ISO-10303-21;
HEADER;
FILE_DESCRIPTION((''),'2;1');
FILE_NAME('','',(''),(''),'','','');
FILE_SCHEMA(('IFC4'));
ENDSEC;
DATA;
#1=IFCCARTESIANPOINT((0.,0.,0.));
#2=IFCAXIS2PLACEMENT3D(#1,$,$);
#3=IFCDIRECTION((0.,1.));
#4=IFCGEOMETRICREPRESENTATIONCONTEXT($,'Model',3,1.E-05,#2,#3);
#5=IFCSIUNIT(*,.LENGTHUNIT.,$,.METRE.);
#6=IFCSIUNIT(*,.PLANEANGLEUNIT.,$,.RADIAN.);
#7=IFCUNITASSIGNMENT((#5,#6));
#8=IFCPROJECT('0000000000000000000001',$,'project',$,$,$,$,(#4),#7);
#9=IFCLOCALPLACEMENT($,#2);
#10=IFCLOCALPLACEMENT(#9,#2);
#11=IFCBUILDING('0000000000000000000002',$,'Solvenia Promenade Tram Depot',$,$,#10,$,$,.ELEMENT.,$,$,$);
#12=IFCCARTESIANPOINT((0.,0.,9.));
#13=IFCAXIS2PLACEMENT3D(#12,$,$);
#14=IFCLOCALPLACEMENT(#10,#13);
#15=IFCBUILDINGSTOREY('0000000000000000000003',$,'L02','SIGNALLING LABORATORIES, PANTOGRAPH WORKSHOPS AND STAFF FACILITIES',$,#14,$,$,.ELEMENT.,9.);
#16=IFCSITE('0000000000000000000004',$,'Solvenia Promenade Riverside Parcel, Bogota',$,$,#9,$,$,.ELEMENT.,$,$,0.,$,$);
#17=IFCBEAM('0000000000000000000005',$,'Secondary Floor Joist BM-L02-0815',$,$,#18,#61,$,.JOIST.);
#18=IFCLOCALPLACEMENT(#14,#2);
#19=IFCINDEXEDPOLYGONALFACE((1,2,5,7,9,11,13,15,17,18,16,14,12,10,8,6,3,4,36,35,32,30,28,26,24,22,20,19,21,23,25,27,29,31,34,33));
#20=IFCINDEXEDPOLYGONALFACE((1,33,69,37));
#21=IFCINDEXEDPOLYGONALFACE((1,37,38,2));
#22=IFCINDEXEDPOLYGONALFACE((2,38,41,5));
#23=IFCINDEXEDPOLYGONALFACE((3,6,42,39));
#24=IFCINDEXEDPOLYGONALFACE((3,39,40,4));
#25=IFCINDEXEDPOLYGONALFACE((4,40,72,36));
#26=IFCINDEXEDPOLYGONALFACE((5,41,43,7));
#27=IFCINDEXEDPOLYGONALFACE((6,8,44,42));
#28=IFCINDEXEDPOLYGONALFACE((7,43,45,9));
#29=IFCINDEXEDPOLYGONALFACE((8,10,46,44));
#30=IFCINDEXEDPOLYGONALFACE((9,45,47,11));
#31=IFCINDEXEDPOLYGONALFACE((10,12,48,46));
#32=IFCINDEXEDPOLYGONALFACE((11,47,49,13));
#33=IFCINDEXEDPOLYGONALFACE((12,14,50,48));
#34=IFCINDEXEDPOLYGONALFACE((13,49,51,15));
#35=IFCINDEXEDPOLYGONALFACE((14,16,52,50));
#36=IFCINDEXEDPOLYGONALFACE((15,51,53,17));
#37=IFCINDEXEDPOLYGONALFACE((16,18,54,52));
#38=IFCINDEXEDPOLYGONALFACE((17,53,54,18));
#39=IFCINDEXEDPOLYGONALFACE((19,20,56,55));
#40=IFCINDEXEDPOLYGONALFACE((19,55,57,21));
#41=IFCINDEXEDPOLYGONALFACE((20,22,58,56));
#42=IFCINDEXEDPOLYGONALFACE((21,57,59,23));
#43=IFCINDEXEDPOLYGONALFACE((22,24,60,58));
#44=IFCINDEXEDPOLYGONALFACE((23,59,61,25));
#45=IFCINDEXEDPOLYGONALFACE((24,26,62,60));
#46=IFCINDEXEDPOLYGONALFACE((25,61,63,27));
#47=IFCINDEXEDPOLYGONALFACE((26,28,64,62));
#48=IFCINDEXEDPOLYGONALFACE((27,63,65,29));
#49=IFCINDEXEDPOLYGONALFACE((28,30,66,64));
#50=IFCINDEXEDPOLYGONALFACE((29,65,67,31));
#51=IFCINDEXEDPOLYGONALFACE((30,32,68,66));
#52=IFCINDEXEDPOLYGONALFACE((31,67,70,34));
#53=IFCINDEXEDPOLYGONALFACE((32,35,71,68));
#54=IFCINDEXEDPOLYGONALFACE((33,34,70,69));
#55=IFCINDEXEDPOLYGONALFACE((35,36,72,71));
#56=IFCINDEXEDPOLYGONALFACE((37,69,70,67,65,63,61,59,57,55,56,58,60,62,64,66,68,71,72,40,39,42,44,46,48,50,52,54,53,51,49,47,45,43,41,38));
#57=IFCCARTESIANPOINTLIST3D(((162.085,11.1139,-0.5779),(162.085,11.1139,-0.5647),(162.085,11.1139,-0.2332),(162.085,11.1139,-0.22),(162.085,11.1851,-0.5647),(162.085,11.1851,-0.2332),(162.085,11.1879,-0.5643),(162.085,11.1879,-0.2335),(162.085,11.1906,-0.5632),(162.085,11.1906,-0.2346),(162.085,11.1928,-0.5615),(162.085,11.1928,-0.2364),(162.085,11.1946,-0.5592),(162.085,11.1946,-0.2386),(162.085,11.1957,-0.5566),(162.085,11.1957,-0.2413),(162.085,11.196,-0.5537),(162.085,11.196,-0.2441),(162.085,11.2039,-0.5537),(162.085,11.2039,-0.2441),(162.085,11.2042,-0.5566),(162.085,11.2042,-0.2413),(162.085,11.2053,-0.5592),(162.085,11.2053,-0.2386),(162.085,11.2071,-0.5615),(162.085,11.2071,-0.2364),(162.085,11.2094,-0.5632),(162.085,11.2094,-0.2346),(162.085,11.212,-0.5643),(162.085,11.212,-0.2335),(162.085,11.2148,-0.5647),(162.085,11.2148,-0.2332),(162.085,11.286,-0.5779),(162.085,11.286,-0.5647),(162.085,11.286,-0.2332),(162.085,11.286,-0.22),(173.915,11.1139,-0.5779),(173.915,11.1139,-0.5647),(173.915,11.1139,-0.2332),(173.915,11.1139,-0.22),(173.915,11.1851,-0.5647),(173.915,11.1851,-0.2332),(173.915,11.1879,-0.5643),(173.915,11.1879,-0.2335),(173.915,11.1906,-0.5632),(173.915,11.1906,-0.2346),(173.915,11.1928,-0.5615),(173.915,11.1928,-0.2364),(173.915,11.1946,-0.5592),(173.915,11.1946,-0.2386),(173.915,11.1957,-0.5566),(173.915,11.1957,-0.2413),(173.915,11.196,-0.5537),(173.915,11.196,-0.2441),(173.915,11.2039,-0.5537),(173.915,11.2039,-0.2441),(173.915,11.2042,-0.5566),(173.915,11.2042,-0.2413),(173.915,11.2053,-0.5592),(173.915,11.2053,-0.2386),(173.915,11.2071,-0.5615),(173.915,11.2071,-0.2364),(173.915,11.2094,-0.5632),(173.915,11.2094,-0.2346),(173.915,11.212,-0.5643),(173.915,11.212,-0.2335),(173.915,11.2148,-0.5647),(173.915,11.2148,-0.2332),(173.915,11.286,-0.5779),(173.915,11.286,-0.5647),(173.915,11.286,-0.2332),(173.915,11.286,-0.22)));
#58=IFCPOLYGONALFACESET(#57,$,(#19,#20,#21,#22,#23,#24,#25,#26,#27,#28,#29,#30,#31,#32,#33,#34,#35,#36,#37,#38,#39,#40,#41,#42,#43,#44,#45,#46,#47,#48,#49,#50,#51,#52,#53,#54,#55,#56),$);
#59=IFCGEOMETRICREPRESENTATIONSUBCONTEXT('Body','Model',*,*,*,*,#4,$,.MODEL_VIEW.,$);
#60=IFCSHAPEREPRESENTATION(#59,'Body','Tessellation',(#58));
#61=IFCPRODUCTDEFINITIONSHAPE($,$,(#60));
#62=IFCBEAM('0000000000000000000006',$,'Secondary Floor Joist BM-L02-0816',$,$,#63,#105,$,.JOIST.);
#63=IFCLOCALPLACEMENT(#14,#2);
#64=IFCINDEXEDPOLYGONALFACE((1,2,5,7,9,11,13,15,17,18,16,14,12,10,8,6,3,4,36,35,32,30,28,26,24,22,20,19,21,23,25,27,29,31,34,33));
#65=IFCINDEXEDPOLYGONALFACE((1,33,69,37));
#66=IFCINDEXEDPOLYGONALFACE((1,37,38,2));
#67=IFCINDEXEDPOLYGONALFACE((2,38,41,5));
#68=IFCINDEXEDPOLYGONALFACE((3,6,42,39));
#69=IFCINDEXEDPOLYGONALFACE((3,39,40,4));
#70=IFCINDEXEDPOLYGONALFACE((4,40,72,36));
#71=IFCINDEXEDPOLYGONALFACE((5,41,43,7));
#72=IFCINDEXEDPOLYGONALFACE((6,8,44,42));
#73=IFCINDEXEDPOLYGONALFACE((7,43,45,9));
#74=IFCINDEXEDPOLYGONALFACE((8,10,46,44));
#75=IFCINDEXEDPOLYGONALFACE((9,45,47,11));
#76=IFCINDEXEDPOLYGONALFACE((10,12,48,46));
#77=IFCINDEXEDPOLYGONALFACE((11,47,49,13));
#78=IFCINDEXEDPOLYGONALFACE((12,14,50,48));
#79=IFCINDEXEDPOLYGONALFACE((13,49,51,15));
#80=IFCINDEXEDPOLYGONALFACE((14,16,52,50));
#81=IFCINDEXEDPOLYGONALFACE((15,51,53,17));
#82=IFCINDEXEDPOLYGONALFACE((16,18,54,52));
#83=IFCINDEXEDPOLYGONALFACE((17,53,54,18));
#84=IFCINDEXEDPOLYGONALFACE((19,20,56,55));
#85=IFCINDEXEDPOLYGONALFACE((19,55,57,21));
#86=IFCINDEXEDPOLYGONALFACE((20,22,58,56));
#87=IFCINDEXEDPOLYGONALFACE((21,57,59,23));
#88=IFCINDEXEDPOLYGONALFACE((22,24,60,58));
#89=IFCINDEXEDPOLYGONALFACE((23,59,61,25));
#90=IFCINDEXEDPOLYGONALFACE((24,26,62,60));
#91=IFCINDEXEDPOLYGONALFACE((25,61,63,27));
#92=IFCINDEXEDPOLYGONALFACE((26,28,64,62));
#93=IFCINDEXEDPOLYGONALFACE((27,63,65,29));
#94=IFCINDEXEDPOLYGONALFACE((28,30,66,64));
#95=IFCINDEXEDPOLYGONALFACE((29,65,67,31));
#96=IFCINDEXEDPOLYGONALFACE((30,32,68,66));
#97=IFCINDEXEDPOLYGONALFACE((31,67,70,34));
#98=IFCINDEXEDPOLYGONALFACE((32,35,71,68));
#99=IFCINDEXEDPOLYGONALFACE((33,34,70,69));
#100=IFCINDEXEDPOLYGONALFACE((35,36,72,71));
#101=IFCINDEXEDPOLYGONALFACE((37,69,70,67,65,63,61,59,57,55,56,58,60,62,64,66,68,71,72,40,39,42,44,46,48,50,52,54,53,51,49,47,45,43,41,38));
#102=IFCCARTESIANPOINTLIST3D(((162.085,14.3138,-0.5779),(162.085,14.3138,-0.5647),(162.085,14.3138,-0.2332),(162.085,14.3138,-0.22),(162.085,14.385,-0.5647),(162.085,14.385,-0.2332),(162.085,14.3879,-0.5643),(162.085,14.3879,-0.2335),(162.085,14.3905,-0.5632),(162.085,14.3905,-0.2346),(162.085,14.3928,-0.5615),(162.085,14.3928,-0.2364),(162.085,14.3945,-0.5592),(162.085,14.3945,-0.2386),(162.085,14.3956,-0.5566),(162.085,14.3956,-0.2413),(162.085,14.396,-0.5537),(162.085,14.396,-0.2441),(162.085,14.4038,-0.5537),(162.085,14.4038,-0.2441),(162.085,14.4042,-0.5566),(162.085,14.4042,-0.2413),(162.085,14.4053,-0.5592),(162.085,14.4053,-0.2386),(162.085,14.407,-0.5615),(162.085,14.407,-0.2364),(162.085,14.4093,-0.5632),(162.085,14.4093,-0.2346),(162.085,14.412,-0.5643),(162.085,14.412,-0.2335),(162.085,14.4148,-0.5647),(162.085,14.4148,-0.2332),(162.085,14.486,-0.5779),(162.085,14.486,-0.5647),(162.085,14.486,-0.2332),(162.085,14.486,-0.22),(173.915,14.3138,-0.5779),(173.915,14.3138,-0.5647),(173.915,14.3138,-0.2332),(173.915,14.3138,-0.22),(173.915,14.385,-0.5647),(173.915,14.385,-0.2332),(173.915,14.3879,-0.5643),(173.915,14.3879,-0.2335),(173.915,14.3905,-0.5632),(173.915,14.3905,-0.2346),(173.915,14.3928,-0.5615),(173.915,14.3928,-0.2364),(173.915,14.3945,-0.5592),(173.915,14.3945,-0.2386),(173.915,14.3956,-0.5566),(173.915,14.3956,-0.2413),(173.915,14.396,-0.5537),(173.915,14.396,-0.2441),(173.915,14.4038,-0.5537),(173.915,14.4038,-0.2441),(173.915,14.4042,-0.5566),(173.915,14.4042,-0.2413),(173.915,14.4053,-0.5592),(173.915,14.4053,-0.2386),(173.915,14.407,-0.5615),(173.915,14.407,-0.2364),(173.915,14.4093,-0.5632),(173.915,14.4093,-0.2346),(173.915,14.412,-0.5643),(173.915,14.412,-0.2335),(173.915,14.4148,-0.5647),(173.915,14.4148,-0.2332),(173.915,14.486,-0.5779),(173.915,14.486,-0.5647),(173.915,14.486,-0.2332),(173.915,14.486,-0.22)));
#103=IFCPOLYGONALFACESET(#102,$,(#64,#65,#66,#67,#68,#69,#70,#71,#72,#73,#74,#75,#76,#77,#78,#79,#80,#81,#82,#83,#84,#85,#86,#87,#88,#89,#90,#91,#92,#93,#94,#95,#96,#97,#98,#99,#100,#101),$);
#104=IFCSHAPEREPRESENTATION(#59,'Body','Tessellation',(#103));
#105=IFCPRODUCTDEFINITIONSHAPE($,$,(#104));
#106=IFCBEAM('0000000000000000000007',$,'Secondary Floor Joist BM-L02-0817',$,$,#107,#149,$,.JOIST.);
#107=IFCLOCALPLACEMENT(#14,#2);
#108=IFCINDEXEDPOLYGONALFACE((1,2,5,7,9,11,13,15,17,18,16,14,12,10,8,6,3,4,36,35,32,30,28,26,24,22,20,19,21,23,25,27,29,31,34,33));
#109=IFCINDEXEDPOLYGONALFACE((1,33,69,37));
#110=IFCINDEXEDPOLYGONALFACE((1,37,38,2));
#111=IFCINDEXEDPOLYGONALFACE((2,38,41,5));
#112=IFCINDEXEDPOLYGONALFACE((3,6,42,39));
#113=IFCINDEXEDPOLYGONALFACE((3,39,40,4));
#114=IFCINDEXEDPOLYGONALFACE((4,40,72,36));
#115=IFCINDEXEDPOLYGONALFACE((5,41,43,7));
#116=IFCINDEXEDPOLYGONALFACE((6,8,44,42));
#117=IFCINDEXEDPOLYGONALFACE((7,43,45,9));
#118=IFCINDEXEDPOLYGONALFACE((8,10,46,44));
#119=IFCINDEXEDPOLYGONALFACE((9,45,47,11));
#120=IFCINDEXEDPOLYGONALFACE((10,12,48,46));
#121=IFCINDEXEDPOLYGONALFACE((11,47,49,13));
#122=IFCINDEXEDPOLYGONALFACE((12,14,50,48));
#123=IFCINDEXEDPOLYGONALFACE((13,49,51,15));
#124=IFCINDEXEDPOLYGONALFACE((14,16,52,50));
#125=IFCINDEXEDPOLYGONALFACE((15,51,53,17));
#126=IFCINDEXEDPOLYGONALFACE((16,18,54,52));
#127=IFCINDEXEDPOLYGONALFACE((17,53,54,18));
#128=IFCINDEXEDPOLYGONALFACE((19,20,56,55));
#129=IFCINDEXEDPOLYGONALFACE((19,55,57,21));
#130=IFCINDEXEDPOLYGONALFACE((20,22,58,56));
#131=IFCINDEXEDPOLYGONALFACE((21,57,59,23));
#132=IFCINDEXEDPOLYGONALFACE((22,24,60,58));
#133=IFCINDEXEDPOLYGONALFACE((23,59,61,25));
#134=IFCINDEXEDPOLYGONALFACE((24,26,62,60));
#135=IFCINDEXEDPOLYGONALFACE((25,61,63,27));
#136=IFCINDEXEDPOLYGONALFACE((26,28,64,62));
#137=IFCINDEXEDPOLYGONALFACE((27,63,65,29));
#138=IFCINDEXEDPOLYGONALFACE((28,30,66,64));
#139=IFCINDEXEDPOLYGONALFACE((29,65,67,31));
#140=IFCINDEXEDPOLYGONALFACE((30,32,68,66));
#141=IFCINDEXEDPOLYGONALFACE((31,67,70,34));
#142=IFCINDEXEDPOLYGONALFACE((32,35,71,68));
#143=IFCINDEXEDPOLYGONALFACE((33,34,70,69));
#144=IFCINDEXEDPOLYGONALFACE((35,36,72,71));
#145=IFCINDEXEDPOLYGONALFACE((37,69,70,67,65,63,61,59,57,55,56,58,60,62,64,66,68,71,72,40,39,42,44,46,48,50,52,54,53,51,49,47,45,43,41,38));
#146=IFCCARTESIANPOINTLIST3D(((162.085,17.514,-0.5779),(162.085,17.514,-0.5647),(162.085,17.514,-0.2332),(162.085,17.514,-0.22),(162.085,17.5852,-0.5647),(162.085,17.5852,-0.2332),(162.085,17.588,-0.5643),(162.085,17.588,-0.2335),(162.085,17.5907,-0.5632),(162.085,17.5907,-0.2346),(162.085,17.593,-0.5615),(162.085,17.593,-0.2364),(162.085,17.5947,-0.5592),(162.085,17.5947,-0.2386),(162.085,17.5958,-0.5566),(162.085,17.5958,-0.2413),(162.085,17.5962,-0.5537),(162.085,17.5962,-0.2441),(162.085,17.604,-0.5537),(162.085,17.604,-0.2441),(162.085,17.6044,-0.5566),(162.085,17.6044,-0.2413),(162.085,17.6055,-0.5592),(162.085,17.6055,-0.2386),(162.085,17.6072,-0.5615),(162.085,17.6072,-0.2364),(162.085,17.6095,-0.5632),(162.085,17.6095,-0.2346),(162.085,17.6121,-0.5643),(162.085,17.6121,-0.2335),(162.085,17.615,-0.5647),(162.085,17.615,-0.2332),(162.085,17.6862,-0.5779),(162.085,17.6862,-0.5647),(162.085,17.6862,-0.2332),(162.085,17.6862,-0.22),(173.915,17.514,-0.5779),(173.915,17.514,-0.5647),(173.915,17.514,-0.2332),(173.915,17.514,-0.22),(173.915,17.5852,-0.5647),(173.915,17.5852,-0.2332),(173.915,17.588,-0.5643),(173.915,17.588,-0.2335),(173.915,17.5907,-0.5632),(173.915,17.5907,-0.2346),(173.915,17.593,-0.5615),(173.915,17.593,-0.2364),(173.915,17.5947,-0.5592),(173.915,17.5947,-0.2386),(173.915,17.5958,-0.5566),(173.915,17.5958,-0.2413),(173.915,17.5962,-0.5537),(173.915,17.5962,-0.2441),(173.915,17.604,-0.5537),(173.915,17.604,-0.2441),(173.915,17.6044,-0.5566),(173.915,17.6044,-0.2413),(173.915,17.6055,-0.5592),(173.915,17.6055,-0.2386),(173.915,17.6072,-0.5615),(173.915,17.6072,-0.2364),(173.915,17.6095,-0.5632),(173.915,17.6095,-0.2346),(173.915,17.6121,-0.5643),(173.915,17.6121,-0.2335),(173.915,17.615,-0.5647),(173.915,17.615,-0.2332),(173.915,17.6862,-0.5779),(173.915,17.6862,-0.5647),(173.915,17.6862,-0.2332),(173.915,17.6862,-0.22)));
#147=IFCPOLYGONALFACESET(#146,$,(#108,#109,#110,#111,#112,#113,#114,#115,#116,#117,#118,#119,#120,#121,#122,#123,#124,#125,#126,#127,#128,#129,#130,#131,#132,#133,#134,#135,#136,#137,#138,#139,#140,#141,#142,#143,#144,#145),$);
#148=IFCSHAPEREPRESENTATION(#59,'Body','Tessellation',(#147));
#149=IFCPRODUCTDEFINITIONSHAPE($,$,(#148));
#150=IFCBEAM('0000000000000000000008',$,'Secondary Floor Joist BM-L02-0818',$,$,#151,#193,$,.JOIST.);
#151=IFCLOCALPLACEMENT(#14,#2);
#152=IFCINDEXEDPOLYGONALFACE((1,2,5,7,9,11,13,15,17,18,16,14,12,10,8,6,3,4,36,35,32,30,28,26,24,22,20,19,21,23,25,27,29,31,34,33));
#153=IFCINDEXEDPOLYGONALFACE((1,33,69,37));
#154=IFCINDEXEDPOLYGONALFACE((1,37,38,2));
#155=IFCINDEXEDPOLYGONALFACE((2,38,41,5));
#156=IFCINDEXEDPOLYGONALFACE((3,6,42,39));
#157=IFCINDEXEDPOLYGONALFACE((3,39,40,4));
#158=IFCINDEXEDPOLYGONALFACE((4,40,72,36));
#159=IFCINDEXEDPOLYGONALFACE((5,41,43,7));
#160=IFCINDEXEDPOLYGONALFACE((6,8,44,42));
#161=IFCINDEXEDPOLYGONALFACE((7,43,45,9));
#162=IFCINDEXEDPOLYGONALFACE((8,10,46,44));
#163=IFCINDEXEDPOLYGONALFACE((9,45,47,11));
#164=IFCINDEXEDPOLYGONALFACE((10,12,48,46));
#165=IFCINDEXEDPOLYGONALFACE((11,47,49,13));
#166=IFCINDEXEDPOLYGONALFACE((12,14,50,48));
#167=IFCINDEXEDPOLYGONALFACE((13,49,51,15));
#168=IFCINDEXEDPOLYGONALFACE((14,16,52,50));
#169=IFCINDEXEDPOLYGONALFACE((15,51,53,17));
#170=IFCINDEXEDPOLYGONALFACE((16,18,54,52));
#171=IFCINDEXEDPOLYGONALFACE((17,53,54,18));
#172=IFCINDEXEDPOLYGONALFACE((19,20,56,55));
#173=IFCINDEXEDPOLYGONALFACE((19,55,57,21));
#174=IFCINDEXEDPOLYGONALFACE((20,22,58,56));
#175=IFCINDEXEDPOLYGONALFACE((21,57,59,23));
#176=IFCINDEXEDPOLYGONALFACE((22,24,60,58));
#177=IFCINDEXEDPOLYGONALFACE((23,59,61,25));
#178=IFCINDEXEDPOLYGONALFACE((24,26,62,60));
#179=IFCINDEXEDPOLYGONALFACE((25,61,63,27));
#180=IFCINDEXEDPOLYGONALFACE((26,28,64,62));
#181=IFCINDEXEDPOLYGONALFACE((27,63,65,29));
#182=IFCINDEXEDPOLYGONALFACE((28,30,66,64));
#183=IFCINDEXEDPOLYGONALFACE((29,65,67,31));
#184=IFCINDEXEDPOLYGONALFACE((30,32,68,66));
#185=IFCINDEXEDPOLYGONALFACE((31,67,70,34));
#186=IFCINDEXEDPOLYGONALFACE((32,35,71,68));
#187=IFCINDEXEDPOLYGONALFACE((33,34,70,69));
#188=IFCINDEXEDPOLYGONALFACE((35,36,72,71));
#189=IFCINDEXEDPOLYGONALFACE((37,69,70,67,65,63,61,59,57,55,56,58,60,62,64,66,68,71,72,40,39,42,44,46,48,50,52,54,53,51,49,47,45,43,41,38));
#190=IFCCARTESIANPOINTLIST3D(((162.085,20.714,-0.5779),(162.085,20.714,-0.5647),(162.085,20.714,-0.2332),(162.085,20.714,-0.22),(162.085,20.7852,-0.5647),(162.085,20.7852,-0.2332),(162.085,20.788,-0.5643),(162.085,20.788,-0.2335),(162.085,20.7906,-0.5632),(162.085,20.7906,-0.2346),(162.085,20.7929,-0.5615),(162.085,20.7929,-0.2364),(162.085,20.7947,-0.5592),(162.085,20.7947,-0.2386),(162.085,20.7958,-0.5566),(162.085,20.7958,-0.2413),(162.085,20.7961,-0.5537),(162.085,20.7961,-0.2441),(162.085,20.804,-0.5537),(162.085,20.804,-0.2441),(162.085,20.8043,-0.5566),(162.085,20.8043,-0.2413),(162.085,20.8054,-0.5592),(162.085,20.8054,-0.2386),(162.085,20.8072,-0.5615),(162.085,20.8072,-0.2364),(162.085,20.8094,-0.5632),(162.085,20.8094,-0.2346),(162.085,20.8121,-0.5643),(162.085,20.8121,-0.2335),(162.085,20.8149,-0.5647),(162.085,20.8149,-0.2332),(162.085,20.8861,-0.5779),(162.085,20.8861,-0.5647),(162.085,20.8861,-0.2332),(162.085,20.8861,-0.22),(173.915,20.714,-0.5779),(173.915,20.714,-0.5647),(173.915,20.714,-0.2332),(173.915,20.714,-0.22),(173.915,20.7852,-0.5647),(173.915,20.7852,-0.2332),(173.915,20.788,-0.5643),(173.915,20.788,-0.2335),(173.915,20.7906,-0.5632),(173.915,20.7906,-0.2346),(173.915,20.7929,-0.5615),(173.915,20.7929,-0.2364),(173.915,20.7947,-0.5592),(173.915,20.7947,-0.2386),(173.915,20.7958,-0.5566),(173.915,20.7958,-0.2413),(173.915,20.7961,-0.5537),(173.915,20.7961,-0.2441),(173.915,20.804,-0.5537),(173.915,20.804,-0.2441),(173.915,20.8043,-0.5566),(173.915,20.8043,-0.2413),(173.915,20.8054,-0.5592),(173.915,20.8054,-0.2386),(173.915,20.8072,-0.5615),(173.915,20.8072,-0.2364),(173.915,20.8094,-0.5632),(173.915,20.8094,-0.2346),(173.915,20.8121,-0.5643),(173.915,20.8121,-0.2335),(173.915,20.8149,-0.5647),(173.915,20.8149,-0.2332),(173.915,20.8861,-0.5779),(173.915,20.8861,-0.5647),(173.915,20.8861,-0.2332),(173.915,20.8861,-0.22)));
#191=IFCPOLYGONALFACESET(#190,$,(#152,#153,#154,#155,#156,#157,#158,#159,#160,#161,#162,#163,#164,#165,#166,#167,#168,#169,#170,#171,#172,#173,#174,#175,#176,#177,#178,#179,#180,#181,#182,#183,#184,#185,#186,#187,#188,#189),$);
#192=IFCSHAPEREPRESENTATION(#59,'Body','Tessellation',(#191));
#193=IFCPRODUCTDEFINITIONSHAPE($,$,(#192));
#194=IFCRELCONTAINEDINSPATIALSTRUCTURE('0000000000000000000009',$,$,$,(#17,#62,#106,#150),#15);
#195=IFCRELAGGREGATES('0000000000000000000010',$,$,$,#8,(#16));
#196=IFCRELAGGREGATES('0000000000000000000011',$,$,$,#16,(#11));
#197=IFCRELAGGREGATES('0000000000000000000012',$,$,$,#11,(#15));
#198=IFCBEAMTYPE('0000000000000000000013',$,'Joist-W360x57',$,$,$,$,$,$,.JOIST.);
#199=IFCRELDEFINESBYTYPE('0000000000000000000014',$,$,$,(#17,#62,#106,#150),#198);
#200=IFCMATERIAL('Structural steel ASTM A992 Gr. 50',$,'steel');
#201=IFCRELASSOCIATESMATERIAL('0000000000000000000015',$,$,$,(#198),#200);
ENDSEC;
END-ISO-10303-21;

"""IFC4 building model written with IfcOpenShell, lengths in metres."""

from ifc_helpers import new_model, si_unit, direction, frame, origin, origin_2d, place, context, subcontext, project, spatial, i_section, extrude, material, material_profile, profile_set, type_object, element, save


model = new_model("IFC4")

# Units and contexts
model_context = context("Model", 3, precision=1e-05, world=origin(), true_north=direction((0.0, 1.0)))
body_context = subcontext(model_context, "Body", "Model", "MODEL_VIEW")
ifc_project = project(units=[si_unit("LENGTHUNIT", "METRE"), si_unit("PLANEANGLEUNIT", "RADIAN")], contexts=[model_context])

# Site, building, storey
site_placement = place(None, origin())
site = spatial("IfcSite", under=ifc_project, at=site_placement, Name="Solvenia Promenade Riverside Parcel, Bogota", CompositionType="ELEMENT", RefElevation=0.0)
building_placement = place(site_placement, origin())
building = spatial("IfcBuilding", under=site, at=building_placement, Name="Solvenia Promenade Tram Depot", CompositionType="ELEMENT")
storey_placement = place(building_placement, frame((0.0, 0.0, 9.0)))
storey = spatial("IfcBuildingStorey", under=building, at=storey_placement, Name="L02", Description="SIGNALLING LABORATORIES, PANTOGRAPH WORKSHOPS AND STAFF FACILITIES", CompositionType="ELEMENT", Elevation=9.0)

# Beams
ifc_material_1 = material(Name="Structural steel ASTM A992 Gr. 50", Category="steel")
ifc_material_profile_1 = material_profile(ifc_material_1, i_section(OverallWidth=0.1721, OverallDepth=0.3579, WebThickness=0.0078, FlangeThickness=0.0132, FilletRadius=0.011, at=origin_2d()), Name="W360x57", Category="steel")
ifc_profile_set_1 = profile_set([ifc_material_profile_1], Name="Structural steel ASTM A992 Gr. 50")
beam_type_1 = type_object("IfcBeamType", Name="Joist-W360x57", PredefinedType="JOIST", material=ifc_profile_set_1)
for number, where, z_axis, x_axis, name in (
    (1, (162.085, 11.2, -0.3989), (1.0, 0.0, 0.0), (0.0, 1.0, 0.0), "Secondary Floor Joist BM-L02-0815"),
    (2, (162.085, 14.3999, -0.3989), (1.0, 0.0, 0.0), (0.0, 1.0, 0.0), "Secondary Floor Joist BM-L02-0816"),
    (3, (162.085, 17.6001, -0.3989), (1.0, 0.0, 0.0), (0.0, 1.0, 0.0), "Secondary Floor Joist BM-L02-0817"),
    (4, (162.085, 20.8, -0.3989), (1.0, 0.0, 0.0), (0.0, 1.0, 0.0), "Secondary Floor Joist BM-L02-0818"),
):
    element("IfcBeam", number, at=place(storey_placement, frame(where, z_axis=z_axis, x_axis=x_axis)), inside=storey, type_object=beam_type_1, Name=name, PredefinedType="JOIST", context=body_context, shape_type="SweptSolid", body=[
        extrude(i_section(OverallWidth=0.1721, OverallDepth=0.3579, WebThickness=0.0078, FlangeThickness=0.0132, FilletRadius=0.011, at=origin_2d()), origin(), (0.0, 0.0, 1.0), 11.8301),
    ])

save(model, "model.ifc")
